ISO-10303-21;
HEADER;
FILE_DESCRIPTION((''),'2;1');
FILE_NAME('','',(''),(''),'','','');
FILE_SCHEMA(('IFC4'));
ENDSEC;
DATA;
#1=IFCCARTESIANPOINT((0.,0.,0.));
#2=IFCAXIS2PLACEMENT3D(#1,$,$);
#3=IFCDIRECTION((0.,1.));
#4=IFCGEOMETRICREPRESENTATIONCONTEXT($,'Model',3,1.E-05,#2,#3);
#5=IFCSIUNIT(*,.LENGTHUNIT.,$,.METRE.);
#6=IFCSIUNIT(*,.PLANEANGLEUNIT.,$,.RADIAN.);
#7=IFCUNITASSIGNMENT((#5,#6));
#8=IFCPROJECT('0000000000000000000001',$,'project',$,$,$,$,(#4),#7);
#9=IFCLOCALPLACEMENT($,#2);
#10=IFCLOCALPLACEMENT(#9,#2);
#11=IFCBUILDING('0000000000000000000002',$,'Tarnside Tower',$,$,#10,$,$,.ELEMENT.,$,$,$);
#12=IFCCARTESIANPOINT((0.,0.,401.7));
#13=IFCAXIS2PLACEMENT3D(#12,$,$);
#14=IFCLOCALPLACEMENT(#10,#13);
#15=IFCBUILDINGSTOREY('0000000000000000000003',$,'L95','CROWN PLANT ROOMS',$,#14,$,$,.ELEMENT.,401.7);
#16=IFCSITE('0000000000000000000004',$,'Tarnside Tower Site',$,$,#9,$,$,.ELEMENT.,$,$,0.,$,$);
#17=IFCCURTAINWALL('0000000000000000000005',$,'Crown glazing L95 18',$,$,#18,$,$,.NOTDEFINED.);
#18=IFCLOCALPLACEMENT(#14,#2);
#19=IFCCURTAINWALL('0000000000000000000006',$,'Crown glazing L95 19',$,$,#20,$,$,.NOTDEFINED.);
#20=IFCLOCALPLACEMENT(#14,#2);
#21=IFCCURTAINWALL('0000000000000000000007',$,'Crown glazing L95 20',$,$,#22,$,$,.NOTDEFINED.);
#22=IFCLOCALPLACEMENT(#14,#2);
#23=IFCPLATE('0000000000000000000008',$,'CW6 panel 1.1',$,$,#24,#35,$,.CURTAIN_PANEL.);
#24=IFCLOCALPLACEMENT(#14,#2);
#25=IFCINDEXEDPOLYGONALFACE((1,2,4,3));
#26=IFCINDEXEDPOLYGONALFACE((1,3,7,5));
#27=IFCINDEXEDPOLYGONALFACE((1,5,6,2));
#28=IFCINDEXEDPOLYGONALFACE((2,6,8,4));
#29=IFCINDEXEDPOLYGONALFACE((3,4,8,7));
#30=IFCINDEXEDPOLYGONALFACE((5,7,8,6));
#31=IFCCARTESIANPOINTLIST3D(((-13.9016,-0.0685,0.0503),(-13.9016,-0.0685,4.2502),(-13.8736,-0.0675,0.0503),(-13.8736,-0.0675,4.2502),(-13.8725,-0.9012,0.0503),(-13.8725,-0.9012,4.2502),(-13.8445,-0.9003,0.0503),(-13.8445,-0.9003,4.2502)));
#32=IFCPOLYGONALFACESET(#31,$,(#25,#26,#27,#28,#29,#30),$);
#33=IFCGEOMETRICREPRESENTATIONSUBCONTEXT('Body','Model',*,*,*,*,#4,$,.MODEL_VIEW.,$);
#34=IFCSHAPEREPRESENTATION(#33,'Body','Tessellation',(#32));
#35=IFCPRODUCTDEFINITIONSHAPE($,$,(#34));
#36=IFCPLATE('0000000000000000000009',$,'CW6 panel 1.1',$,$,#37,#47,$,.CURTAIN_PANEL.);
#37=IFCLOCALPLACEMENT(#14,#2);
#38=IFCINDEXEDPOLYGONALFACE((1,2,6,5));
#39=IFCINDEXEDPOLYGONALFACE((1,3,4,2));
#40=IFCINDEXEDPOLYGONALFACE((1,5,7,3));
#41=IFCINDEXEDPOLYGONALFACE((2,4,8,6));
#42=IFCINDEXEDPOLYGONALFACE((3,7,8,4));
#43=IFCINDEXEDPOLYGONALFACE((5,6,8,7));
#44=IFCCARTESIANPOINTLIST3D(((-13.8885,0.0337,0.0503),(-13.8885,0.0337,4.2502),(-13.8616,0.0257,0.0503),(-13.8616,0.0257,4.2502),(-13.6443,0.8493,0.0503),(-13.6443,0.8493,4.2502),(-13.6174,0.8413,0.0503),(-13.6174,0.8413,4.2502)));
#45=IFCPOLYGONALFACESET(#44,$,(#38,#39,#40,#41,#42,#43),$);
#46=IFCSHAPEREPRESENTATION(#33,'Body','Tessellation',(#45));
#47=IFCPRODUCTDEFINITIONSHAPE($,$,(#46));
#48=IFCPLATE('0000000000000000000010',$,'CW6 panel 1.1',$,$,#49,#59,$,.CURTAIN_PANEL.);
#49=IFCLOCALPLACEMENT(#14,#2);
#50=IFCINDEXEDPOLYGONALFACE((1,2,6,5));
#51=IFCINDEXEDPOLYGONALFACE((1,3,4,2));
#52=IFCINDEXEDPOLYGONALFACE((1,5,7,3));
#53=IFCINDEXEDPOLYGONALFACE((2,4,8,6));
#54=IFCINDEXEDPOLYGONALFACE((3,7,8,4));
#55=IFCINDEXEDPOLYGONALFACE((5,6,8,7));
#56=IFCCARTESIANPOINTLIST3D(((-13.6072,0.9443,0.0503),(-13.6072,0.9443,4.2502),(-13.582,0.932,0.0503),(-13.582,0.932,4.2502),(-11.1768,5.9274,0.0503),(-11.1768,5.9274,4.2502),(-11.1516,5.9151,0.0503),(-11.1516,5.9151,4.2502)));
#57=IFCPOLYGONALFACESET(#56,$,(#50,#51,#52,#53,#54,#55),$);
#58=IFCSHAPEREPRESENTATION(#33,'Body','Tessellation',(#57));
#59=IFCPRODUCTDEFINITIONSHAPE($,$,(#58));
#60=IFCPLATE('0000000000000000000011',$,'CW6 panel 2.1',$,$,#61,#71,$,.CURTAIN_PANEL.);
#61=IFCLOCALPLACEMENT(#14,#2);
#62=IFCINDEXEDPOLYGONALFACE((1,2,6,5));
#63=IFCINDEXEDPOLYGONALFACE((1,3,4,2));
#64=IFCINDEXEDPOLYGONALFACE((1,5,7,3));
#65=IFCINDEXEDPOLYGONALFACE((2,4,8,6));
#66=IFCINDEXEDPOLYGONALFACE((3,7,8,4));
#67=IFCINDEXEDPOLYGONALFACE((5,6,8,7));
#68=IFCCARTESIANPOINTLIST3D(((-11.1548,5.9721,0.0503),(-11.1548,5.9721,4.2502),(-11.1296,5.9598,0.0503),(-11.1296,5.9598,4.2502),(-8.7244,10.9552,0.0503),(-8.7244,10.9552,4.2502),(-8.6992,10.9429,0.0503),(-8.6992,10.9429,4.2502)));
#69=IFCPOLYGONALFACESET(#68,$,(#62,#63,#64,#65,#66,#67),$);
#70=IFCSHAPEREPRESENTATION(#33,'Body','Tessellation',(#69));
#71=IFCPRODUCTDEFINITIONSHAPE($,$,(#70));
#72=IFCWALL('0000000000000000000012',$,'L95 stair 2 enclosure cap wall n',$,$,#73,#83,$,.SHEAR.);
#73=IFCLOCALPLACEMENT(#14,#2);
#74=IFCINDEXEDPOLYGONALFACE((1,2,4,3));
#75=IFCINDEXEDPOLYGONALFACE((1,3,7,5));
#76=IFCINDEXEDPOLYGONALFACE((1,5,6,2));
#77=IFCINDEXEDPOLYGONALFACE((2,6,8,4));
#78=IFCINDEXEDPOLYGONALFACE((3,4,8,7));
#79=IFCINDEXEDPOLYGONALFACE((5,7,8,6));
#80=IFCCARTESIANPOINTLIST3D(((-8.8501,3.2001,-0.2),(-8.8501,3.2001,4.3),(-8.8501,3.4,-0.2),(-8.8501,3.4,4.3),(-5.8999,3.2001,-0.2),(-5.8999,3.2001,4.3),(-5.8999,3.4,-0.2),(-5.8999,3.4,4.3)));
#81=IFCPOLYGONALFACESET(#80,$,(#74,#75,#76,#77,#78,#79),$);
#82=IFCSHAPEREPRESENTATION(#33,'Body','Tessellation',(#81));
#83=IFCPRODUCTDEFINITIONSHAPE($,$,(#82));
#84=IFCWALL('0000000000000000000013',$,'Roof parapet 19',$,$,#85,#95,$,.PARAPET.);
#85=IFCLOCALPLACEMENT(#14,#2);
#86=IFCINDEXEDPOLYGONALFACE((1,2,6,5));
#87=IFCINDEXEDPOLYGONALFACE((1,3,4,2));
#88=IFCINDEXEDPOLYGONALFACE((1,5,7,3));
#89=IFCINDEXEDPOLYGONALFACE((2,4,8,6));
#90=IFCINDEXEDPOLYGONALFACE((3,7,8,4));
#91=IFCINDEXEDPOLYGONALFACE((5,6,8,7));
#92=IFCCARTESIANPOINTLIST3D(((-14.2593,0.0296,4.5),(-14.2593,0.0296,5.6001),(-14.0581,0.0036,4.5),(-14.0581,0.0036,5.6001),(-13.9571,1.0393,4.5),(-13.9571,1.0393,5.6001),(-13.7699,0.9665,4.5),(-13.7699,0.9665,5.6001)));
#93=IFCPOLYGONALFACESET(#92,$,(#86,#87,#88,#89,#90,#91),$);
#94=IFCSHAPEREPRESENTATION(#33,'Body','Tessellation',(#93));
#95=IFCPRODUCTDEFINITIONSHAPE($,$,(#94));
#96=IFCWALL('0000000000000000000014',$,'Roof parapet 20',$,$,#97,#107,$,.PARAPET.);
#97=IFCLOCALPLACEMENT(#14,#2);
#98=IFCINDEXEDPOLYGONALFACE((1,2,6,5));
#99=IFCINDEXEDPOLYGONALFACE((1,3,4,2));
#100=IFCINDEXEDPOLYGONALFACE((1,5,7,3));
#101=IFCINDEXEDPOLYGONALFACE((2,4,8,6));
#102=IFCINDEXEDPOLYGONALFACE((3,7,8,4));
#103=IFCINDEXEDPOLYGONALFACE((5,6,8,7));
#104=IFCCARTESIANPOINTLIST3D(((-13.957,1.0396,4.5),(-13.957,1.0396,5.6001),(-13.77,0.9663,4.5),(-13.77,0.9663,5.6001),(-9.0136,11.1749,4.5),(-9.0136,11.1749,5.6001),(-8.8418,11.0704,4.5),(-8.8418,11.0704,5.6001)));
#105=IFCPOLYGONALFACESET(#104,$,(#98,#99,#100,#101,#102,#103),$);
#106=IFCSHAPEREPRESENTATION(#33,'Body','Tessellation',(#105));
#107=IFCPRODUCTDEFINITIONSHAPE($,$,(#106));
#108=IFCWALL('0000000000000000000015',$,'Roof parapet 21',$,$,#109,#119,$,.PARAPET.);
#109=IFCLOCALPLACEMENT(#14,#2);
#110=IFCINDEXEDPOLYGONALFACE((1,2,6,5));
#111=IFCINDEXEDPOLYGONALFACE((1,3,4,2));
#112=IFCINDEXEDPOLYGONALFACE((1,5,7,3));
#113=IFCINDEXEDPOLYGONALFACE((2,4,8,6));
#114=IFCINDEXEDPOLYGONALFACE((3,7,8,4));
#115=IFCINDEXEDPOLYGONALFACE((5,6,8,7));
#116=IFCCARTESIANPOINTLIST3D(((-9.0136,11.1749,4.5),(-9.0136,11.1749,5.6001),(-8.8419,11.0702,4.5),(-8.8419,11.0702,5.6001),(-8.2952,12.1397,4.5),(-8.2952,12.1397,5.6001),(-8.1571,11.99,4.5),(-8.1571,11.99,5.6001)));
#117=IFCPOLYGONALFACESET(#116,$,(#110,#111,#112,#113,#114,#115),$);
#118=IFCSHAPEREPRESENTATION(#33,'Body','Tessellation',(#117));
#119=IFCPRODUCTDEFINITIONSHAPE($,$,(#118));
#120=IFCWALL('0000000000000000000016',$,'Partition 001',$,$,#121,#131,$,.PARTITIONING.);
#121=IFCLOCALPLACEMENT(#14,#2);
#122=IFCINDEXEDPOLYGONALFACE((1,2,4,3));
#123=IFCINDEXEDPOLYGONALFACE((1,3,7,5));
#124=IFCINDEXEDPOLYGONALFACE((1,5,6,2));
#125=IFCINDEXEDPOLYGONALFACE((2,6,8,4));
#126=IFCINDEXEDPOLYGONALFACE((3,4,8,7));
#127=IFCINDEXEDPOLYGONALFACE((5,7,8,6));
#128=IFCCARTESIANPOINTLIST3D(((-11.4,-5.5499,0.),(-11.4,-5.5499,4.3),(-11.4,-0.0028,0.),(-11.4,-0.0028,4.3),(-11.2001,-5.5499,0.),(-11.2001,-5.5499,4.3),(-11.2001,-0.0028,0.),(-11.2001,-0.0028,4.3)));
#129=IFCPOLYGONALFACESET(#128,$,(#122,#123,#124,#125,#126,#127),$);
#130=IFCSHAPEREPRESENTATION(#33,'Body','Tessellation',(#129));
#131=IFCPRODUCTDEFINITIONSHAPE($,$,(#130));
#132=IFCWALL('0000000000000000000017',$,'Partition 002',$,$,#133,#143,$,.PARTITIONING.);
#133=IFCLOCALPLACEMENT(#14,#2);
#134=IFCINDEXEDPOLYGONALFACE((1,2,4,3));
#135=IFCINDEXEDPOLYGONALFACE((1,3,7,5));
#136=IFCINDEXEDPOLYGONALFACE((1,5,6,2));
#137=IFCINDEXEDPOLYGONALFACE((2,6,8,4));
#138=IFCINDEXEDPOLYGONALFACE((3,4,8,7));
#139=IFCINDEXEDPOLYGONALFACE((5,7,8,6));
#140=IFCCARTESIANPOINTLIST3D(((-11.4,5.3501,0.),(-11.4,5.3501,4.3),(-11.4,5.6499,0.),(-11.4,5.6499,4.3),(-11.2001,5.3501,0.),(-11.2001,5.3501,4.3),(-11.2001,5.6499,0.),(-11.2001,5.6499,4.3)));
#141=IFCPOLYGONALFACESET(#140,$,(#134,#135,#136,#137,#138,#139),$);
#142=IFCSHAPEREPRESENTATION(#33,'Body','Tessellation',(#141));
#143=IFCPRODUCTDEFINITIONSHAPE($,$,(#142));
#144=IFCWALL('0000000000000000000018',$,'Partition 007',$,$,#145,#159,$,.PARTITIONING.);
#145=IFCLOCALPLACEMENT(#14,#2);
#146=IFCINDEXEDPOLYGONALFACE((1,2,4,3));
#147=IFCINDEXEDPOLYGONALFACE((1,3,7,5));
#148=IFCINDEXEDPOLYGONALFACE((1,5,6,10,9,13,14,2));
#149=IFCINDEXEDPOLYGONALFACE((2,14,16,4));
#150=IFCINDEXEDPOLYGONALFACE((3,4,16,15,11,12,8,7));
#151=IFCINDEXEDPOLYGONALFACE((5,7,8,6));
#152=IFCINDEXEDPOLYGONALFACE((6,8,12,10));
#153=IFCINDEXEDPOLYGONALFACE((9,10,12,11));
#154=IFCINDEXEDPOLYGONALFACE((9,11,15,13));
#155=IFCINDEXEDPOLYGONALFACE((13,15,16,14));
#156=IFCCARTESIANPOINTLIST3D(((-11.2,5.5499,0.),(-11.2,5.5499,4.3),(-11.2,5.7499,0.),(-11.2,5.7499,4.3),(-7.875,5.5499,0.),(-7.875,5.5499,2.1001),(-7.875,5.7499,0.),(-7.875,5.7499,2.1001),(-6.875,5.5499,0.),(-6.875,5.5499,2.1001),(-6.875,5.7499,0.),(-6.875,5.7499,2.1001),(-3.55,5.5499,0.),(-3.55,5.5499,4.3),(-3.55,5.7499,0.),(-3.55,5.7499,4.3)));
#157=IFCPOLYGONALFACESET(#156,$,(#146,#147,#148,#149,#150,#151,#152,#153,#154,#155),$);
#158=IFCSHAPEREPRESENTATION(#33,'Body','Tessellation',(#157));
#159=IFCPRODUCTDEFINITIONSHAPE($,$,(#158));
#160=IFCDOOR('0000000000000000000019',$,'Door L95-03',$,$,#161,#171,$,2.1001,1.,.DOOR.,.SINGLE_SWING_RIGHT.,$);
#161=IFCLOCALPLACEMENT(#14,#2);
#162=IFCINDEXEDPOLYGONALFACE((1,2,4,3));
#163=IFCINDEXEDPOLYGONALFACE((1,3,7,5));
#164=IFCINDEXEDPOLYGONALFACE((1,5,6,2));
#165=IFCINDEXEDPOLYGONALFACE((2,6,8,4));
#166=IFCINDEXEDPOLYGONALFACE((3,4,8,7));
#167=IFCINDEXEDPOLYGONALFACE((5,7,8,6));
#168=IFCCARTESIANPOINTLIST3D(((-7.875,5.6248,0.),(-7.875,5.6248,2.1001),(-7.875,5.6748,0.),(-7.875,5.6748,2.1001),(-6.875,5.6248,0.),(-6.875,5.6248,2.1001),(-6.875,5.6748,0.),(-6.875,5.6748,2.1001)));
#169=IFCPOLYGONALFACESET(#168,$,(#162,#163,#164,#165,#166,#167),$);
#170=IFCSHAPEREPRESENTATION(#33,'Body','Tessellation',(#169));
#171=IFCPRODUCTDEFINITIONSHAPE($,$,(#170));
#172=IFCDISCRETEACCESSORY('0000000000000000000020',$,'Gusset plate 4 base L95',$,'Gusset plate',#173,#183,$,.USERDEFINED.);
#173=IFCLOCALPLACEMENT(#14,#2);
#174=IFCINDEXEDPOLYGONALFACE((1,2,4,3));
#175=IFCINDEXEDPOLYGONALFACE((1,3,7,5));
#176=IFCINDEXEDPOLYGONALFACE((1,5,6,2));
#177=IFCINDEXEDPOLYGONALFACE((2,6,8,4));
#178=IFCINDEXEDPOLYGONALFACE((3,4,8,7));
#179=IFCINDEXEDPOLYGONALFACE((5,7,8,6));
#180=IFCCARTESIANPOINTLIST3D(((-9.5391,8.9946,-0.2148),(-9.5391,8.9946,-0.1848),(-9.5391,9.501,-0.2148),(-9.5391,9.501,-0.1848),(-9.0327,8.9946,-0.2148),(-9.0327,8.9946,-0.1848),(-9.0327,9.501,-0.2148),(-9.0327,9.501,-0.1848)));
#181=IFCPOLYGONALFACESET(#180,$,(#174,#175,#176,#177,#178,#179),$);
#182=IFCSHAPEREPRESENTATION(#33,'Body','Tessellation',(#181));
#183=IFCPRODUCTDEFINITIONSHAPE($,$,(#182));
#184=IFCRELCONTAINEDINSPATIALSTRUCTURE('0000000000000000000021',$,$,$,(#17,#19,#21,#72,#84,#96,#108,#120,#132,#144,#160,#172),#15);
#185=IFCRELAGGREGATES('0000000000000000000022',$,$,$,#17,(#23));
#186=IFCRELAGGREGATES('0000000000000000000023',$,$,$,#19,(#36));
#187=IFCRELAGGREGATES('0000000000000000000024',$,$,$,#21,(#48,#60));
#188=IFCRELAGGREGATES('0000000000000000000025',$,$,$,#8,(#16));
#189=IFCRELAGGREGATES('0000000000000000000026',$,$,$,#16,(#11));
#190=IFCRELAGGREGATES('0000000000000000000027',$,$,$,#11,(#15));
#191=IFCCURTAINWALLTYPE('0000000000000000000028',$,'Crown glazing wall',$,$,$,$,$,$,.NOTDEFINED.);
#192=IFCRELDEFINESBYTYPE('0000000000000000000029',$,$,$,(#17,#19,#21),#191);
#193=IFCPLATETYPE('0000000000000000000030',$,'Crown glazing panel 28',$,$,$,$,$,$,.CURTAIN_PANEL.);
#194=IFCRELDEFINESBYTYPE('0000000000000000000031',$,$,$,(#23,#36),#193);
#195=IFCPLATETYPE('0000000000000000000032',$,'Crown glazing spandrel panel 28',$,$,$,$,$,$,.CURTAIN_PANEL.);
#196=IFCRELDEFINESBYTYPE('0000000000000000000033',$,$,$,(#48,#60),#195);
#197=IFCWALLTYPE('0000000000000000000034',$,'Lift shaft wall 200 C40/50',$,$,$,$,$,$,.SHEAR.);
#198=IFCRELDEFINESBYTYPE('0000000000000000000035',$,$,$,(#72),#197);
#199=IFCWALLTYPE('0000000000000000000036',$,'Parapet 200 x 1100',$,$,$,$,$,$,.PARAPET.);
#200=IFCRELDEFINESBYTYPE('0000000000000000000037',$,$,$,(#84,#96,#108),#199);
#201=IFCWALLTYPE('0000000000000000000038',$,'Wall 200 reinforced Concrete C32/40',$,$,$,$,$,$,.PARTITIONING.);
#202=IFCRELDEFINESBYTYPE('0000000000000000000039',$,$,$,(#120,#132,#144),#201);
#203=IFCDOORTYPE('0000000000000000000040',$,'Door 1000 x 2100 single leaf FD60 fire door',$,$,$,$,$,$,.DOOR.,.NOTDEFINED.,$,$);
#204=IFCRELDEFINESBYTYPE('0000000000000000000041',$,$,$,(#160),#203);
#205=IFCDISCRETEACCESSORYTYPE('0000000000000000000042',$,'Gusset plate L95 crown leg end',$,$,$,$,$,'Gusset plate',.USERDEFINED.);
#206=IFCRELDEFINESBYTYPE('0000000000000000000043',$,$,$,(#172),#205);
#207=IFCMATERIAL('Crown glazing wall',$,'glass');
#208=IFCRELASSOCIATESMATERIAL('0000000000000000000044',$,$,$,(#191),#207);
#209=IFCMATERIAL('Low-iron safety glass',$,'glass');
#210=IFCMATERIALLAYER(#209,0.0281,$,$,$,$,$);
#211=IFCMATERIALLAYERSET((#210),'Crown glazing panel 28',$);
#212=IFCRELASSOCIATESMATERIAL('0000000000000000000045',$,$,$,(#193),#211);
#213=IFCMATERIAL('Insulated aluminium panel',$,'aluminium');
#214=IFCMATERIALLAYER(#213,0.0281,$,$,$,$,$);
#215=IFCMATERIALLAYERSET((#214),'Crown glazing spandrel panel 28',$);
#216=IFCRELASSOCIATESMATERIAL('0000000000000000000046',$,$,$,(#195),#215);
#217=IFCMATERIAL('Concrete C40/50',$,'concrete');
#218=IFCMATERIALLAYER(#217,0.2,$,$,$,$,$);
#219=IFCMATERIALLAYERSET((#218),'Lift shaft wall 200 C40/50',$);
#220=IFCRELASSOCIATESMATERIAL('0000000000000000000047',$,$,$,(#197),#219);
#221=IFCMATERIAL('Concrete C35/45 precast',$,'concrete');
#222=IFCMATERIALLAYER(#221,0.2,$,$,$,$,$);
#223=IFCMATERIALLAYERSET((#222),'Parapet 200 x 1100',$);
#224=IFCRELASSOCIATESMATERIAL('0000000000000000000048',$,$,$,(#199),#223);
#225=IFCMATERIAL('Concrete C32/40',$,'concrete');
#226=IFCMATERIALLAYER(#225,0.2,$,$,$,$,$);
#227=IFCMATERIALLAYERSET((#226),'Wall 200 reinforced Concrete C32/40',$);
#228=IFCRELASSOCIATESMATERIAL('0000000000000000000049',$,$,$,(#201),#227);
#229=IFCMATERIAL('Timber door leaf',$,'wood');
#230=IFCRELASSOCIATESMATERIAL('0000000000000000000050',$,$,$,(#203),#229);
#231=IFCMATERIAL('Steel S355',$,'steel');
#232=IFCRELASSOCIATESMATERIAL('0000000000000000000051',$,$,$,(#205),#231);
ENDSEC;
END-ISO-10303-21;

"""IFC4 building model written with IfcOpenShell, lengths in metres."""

from ifc_helpers import new_model, si_unit, direction, frame, frame_2d, origin, origin_2d, place, context, subcontext, project, spatial, polyline, rectangle, outline, extrude, material, layer, layer_set, type_object, element, fill, aggregate, save


model = new_model("IFC4")

# Units and contexts
model_context = context("Model", 3, precision=1e-05, world=origin(), true_north=direction((0.0, 1.0)))
body_context = subcontext(model_context, "Body", "Model", "MODEL_VIEW")
ifc_project = project(units=[si_unit("LENGTHUNIT", "METRE"), si_unit("PLANEANGLEUNIT", "RADIAN")], contexts=[model_context])

# Site, building, storey
site_placement = place(None, origin())
site = spatial("IfcSite", under=ifc_project, at=site_placement, Name="Tarnside Tower Site", CompositionType="ELEMENT", RefElevation=0.0)
building_placement = place(site_placement, origin())
building = spatial("IfcBuilding", under=site, at=building_placement, Name="Tarnside Tower", CompositionType="ELEMENT")
storey_placement = place(building_placement, frame((0.0, 0.0, 401.7)))
storey = spatial("IfcBuildingStorey", under=building, at=storey_placement, Name="L95", Description="CROWN PLANT ROOMS", CompositionType="ELEMENT", Elevation=401.7)

# Curtain wall
ifc_material_1 = material(Name="Crown glazing wall", Category="glass")
curtain_wall_type = type_object("IfcCurtainWallType", Name="Crown glazing wall", PredefinedType="NOTDEFINED", material=ifc_material_1)
curtain_wall_1_placement = place(storey_placement, origin())
curtain_wall_1 = element("IfcCurtainWall", 1, at=curtain_wall_1_placement, inside=storey, type_object=curtain_wall_type, Name="Crown glazing L95 18", PredefinedType="NOTDEFINED")

# Curtain walls
curtain_wall_2_placement = place(storey_placement, origin())
curtain_wall_2 = element("IfcCurtainWall", 2, at=curtain_wall_2_placement, inside=storey, type_object=curtain_wall_type, Name="Crown glazing L95 19", PredefinedType="NOTDEFINED")
curtain_wall_3_placement = place(storey_placement, origin())
curtain_wall_3 = element("IfcCurtainWall", 3, at=curtain_wall_3_placement, inside=storey, type_object=curtain_wall_type, Name="Crown glazing L95 20", PredefinedType="NOTDEFINED")

# Shared definitions
ifc_material_2 = material(Name="Steel S355", Category="steel")

# Plates
ifc_material_3 = material(Name="Low-iron safety glass", Category="glass")
ifc_layer_1 = layer(ifc_material_3, 0.0281)
ifc_layer_set_1 = layer_set([ifc_layer_1], Name="Crown glazing panel 28")
plate_type_1 = type_object("IfcPlateType", Name="Crown glazing panel 28", PredefinedType="CURTAIN_PANEL", material=ifc_layer_set_1)
plate_1_placement = place(storey_placement, frame((-13.873, -0.4844, 0.0503), z_axis=(0.0, 0.0, 1.0), x_axis=(-0.034899, 0.999391, 0.0)))
plate_1 = element("IfcPlate", 4, at=plate_1_placement, type_object=plate_type_1, Name="CW6 panel 1.1", PredefinedType="CURTAIN_PANEL", context=body_context, shape_type="SweptSolid", body=[
    extrude(rectangle(XDim=0.8333, YDim=0.0281, at=origin_2d()), origin(), (0.0, 0.0, 1.0), 4.2),
])
aggregate(curtain_wall_1, [plate_1])
plate_2_placement = place(storey_placement, frame((-13.7529, 0.4375, 0.0503), z_axis=(0.0, 0.0, 1.0), x_axis=(0.286803, 0.95799, 0.0)))
plate_2 = element("IfcPlate", 5, at=plate_2_placement, type_object=plate_type_1, Name="CW6 panel 1.1", PredefinedType="CURTAIN_PANEL", context=body_context, shape_type="SweptSolid", body=[
    extrude(rectangle(XDim=0.8513, YDim=0.0281, at=origin_2d()), origin(), (0.0, 0.0, 1.0), 4.2),
])
aggregate(curtain_wall_2, [plate_2])
ifc_material_4 = material(Name="Insulated aluminium panel", Category="aluminium")
ifc_layer_2 = layer(ifc_material_4, 0.0281)
ifc_layer_set_2 = layer_set([ifc_layer_2], Name="Crown glazing spandrel panel 28")
plate_type_2 = type_object("IfcPlateType", Name="Crown glazing spandrel panel 28", PredefinedType="CURTAIN_PANEL", material=ifc_layer_set_2)
plate_3_placement = place(storey_placement, frame((-12.3794, 3.4297, 0.0503), z_axis=(0.0, 0.0, 1.0), x_axis=(0.438371, 0.898794, 0.0)))
plate_3 = element("IfcPlate", 6, at=plate_3_placement, type_object=plate_type_2, Name="CW6 panel 1.1", PredefinedType="CURTAIN_PANEL", context=body_context, shape_type="SweptSolid", body=[
    extrude(rectangle(XDim=5.5442, YDim=0.0281, at=origin_2d()), origin(), (0.0, 0.0, 1.0), 4.2),
])
plate_4_placement = place(storey_placement, frame((-9.927, 8.4575, 0.0503), z_axis=(0.0, 0.0, 1.0), x_axis=(0.438371, 0.898794, 0.0)))
plate_4 = element("IfcPlate", 7, at=plate_4_placement, type_object=plate_type_2, Name="CW6 panel 2.1", PredefinedType="CURTAIN_PANEL", context=body_context, shape_type="SweptSolid", body=[
    extrude(rectangle(XDim=5.5442, YDim=0.0281, at=origin_2d()), origin(), (0.0, 0.0, 1.0), 4.2),
])
aggregate(curtain_wall_3, [plate_3, plate_4])

# Walls
ifc_material_5 = material(Name="Concrete C40/50", Category="concrete")
ifc_layer_3 = layer(ifc_material_5, 0.2)
ifc_layer_set_3 = layer_set([ifc_layer_3], Name="Lift shaft wall 200 C40/50")
wall_type_1 = type_object("IfcWallType", Name="Lift shaft wall 200 C40/50", PredefinedType="SHEAR", material=ifc_layer_set_3)
wall_1_placement = place(storey_placement, frame((-8.8501, 3.3, -0.2), z_axis=(0.0, 0.0, 1.0), x_axis=(1.0, 0.0, 0.0)))
element("IfcWall", 8, at=wall_1_placement, inside=storey, type_object=wall_type_1, Name="L95 stair 2 enclosure cap wall n", PredefinedType="SHEAR", context=body_context, shape_type="SweptSolid", body=[
    extrude(rectangle(XDim=2.9502, YDim=0.2, at=frame_2d((1.4751, 0.0))), origin(), (0.0, 0.0, 1.0), 4.5),
])
ifc_material_6 = material(Name="Concrete C35/45 precast", Category="concrete")
ifc_layer_4 = layer(ifc_material_6, 0.2)
ifc_layer_set_4 = layer_set([ifc_layer_4], Name="Parapet 200 x 1100")
wall_type_2 = type_object("IfcWallType", Name="Parapet 200 x 1100", PredefinedType="PARAPET", material=ifc_layer_set_4)
wall_2_placement = place(storey_placement, frame((-14.1587, 0.0166, 4.5), z_axis=(0.0, 0.0, 1.0), x_axis=(0.286695, 0.958022, 0.0)))
element("IfcWall", 9, at=wall_2_placement, inside=storey, type_object=wall_type_2, Name="Roof parapet 19", PredefinedType="PARAPET", context=body_context, shape_type="SweptSolid", body=[
    extrude(outline(polyline([(0.0164, -0.1001), (1.0215, -0.1001), (1.0376, 0.1001), (-0.0164, 0.1001), (0.0164, -0.1001)])), origin(), (0.0, 0.0, 1.0), 1.1001),
])
wall_3_placement = place(storey_placement, frame((-13.8635, 1.0029, 4.5), z_axis=(0.0, 0.0, 1.0), x_axis=(0.43838, 0.89879, 0.0)))
element("IfcWall", 10, at=wall_3_placement, inside=storey, type_object=wall_type_2, Name="Roof parapet 20", PredefinedType="PARAPET", context=body_context, shape_type="SweptSolid", body=[
    extrude(outline(polyline([(0.0081, -0.1001), (11.25, -0.1001), (11.2686, 0.1001), (-0.0081, 0.1001), (0.0081, -0.1001)])), origin(), (0.0, 0.0, 1.0), 1.1001),
])
wall_4_placement = place(storey_placement, frame((-8.9277, 11.1226, 4.5), z_axis=(0.0, 0.0, 1.0), x_axis=(0.597204, 0.80209, 0.0)))
element("IfcWall", 11, at=wall_4_placement, inside=storey, type_object=wall_type_2, Name="Roof parapet 21", PredefinedType="PARAPET", context=body_context, shape_type="SweptSolid", body=[
    extrude(outline(polyline([(0.0093, -0.1001), (1.156, -0.1001), (1.1936, 0.1001), (-0.0093, 0.1001), (0.0093, -0.1001)])), origin(), (0.0, 0.0, 1.0), 1.1001),
])
ifc_material_7 = material(Name="Concrete C32/40", Category="concrete")
ifc_layer_5 = layer(ifc_material_7, 0.2)
ifc_layer_set_5 = layer_set([ifc_layer_5], Name="Wall 200 reinforced Concrete C32/40")
wall_type_3 = type_object("IfcWallType", Name="Wall 200 reinforced Concrete C32/40", PredefinedType="PARTITIONING", material=ifc_layer_set_5)
wall_5_placement = place(storey_placement, frame((-11.3, -0.0029, 0.0), z_axis=(0.0, 0.0, 1.0), x_axis=(0.0, -1.0, 0.0)))
element("IfcWall", 12, at=wall_5_placement, inside=storey, type_object=wall_type_3, Name="Partition 001", PredefinedType="PARTITIONING", context=body_context, shape_type="SweptSolid", body=[
    extrude(rectangle(XDim=5.5471, YDim=0.2, at=frame_2d((2.7734, 0.0))), origin(), (0.0, 0.0, 1.0), 4.3),
])
wall_6_placement = place(storey_placement, frame((-11.3, 5.6499, 0.0), z_axis=(0.0, 0.0, 1.0), x_axis=(0.0, -1.0, 0.0)))
element("IfcWall", 13, at=wall_6_placement, inside=storey, type_object=wall_type_3, Name="Partition 002", PredefinedType="PARTITIONING", context=body_context, shape_type="SweptSolid", body=[
    extrude(rectangle(XDim=0.2998, YDim=0.2, at=frame_2d((0.1499, 0.0))), origin(), (0.0, 0.0, 1.0), 4.3),
])

# Wall, opening, door
wall_7_placement = place(storey_placement, frame((-11.2, 5.6499, 0.0), z_axis=(0.0, 0.0, 1.0), x_axis=(1.0, 0.0, 0.0)))
wall_7 = element("IfcWall", 14, at=wall_7_placement, inside=storey, type_object=wall_type_3, Name="Partition 007", PredefinedType="PARTITIONING", context=body_context, shape_type="SweptSolid", body=[
    extrude(rectangle(XDim=7.6499, YDim=0.2, at=frame_2d((3.825, 0.0))), origin(), (0.0, 0.0, 1.0), 4.3),
])
opening_placement = place(wall_7_placement, frame((3.325, 0.0, 0.0)))
opening = element("IfcOpeningElement", 15, at=opening_placement, cuts=wall_7, PredefinedType="OPENING", context=body_context, shape_type="SweptSolid", body=[
    extrude(rectangle(XDim=1.0, YDim=2.1001, at=frame_2d((0.5, 1.05))), frame((0.0, 0.1099, 0.0), z_axis=(0.0, -1.0, 0.0), x_axis=(1.0, 0.0, 0.0)), (0.0, 0.0, 1.0), 0.22),
])
ifc_material_8 = material(Name="Timber door leaf", Category="wood")
door_type = type_object("IfcDoorType", Name="Door 1000 x 2100 single leaf FD60 fire door", OperationType="NOTDEFINED", PredefinedType="DOOR", material=ifc_material_8)
door_placement = place(opening_placement, origin())
door = element("IfcDoor", 16, at=door_placement, inside=storey, type_object=door_type, Name="Door L95-03", OperationType="SINGLE_SWING_RIGHT", OverallHeight=2.1001, OverallWidth=1.0, PredefinedType="DOOR", context=body_context, shape_type="SweptSolid", body=[
    extrude(rectangle(XDim=1.0, YDim=2.1001, at=frame_2d((0.5, 1.05))), frame((0.0, 0.0249, 0.0), z_axis=(0.0, -1.0, 0.0), x_axis=(1.0, 0.0, 0.0)), (0.0, 0.0, 1.0), 0.05),
])
fill(opening, door)

# Discrete accessory
discrete_accessory_type = type_object("IfcDiscreteAccessoryType", Name="Gusset plate L95 crown leg end", ElementType="Gusset plate", PredefinedType="USERDEFINED", material=ifc_material_2)
for number, where, z_axis, x_axis, name in (
    (17, (-9.2859, 9.2478, -0.2148), (0.0, 0.0, 1.0), (1.0, 0.0, 0.0), "Gusset plate 4 base L95"),
):
    element("IfcDiscreteAccessory", number, at=place(storey_placement, frame(where, z_axis=z_axis, x_axis=x_axis)), inside=storey, type_object=discrete_accessory_type, Name=name, ObjectType="Gusset plate", PredefinedType="USERDEFINED", context=body_context, shape_type="SweptSolid", body=[
        extrude(rectangle(XDim=0.5063, YDim=0.5063, at=origin_2d()), origin(), (0.0, 0.0, 1.0), 0.03),
    ])

save(model, "model.ifc")
